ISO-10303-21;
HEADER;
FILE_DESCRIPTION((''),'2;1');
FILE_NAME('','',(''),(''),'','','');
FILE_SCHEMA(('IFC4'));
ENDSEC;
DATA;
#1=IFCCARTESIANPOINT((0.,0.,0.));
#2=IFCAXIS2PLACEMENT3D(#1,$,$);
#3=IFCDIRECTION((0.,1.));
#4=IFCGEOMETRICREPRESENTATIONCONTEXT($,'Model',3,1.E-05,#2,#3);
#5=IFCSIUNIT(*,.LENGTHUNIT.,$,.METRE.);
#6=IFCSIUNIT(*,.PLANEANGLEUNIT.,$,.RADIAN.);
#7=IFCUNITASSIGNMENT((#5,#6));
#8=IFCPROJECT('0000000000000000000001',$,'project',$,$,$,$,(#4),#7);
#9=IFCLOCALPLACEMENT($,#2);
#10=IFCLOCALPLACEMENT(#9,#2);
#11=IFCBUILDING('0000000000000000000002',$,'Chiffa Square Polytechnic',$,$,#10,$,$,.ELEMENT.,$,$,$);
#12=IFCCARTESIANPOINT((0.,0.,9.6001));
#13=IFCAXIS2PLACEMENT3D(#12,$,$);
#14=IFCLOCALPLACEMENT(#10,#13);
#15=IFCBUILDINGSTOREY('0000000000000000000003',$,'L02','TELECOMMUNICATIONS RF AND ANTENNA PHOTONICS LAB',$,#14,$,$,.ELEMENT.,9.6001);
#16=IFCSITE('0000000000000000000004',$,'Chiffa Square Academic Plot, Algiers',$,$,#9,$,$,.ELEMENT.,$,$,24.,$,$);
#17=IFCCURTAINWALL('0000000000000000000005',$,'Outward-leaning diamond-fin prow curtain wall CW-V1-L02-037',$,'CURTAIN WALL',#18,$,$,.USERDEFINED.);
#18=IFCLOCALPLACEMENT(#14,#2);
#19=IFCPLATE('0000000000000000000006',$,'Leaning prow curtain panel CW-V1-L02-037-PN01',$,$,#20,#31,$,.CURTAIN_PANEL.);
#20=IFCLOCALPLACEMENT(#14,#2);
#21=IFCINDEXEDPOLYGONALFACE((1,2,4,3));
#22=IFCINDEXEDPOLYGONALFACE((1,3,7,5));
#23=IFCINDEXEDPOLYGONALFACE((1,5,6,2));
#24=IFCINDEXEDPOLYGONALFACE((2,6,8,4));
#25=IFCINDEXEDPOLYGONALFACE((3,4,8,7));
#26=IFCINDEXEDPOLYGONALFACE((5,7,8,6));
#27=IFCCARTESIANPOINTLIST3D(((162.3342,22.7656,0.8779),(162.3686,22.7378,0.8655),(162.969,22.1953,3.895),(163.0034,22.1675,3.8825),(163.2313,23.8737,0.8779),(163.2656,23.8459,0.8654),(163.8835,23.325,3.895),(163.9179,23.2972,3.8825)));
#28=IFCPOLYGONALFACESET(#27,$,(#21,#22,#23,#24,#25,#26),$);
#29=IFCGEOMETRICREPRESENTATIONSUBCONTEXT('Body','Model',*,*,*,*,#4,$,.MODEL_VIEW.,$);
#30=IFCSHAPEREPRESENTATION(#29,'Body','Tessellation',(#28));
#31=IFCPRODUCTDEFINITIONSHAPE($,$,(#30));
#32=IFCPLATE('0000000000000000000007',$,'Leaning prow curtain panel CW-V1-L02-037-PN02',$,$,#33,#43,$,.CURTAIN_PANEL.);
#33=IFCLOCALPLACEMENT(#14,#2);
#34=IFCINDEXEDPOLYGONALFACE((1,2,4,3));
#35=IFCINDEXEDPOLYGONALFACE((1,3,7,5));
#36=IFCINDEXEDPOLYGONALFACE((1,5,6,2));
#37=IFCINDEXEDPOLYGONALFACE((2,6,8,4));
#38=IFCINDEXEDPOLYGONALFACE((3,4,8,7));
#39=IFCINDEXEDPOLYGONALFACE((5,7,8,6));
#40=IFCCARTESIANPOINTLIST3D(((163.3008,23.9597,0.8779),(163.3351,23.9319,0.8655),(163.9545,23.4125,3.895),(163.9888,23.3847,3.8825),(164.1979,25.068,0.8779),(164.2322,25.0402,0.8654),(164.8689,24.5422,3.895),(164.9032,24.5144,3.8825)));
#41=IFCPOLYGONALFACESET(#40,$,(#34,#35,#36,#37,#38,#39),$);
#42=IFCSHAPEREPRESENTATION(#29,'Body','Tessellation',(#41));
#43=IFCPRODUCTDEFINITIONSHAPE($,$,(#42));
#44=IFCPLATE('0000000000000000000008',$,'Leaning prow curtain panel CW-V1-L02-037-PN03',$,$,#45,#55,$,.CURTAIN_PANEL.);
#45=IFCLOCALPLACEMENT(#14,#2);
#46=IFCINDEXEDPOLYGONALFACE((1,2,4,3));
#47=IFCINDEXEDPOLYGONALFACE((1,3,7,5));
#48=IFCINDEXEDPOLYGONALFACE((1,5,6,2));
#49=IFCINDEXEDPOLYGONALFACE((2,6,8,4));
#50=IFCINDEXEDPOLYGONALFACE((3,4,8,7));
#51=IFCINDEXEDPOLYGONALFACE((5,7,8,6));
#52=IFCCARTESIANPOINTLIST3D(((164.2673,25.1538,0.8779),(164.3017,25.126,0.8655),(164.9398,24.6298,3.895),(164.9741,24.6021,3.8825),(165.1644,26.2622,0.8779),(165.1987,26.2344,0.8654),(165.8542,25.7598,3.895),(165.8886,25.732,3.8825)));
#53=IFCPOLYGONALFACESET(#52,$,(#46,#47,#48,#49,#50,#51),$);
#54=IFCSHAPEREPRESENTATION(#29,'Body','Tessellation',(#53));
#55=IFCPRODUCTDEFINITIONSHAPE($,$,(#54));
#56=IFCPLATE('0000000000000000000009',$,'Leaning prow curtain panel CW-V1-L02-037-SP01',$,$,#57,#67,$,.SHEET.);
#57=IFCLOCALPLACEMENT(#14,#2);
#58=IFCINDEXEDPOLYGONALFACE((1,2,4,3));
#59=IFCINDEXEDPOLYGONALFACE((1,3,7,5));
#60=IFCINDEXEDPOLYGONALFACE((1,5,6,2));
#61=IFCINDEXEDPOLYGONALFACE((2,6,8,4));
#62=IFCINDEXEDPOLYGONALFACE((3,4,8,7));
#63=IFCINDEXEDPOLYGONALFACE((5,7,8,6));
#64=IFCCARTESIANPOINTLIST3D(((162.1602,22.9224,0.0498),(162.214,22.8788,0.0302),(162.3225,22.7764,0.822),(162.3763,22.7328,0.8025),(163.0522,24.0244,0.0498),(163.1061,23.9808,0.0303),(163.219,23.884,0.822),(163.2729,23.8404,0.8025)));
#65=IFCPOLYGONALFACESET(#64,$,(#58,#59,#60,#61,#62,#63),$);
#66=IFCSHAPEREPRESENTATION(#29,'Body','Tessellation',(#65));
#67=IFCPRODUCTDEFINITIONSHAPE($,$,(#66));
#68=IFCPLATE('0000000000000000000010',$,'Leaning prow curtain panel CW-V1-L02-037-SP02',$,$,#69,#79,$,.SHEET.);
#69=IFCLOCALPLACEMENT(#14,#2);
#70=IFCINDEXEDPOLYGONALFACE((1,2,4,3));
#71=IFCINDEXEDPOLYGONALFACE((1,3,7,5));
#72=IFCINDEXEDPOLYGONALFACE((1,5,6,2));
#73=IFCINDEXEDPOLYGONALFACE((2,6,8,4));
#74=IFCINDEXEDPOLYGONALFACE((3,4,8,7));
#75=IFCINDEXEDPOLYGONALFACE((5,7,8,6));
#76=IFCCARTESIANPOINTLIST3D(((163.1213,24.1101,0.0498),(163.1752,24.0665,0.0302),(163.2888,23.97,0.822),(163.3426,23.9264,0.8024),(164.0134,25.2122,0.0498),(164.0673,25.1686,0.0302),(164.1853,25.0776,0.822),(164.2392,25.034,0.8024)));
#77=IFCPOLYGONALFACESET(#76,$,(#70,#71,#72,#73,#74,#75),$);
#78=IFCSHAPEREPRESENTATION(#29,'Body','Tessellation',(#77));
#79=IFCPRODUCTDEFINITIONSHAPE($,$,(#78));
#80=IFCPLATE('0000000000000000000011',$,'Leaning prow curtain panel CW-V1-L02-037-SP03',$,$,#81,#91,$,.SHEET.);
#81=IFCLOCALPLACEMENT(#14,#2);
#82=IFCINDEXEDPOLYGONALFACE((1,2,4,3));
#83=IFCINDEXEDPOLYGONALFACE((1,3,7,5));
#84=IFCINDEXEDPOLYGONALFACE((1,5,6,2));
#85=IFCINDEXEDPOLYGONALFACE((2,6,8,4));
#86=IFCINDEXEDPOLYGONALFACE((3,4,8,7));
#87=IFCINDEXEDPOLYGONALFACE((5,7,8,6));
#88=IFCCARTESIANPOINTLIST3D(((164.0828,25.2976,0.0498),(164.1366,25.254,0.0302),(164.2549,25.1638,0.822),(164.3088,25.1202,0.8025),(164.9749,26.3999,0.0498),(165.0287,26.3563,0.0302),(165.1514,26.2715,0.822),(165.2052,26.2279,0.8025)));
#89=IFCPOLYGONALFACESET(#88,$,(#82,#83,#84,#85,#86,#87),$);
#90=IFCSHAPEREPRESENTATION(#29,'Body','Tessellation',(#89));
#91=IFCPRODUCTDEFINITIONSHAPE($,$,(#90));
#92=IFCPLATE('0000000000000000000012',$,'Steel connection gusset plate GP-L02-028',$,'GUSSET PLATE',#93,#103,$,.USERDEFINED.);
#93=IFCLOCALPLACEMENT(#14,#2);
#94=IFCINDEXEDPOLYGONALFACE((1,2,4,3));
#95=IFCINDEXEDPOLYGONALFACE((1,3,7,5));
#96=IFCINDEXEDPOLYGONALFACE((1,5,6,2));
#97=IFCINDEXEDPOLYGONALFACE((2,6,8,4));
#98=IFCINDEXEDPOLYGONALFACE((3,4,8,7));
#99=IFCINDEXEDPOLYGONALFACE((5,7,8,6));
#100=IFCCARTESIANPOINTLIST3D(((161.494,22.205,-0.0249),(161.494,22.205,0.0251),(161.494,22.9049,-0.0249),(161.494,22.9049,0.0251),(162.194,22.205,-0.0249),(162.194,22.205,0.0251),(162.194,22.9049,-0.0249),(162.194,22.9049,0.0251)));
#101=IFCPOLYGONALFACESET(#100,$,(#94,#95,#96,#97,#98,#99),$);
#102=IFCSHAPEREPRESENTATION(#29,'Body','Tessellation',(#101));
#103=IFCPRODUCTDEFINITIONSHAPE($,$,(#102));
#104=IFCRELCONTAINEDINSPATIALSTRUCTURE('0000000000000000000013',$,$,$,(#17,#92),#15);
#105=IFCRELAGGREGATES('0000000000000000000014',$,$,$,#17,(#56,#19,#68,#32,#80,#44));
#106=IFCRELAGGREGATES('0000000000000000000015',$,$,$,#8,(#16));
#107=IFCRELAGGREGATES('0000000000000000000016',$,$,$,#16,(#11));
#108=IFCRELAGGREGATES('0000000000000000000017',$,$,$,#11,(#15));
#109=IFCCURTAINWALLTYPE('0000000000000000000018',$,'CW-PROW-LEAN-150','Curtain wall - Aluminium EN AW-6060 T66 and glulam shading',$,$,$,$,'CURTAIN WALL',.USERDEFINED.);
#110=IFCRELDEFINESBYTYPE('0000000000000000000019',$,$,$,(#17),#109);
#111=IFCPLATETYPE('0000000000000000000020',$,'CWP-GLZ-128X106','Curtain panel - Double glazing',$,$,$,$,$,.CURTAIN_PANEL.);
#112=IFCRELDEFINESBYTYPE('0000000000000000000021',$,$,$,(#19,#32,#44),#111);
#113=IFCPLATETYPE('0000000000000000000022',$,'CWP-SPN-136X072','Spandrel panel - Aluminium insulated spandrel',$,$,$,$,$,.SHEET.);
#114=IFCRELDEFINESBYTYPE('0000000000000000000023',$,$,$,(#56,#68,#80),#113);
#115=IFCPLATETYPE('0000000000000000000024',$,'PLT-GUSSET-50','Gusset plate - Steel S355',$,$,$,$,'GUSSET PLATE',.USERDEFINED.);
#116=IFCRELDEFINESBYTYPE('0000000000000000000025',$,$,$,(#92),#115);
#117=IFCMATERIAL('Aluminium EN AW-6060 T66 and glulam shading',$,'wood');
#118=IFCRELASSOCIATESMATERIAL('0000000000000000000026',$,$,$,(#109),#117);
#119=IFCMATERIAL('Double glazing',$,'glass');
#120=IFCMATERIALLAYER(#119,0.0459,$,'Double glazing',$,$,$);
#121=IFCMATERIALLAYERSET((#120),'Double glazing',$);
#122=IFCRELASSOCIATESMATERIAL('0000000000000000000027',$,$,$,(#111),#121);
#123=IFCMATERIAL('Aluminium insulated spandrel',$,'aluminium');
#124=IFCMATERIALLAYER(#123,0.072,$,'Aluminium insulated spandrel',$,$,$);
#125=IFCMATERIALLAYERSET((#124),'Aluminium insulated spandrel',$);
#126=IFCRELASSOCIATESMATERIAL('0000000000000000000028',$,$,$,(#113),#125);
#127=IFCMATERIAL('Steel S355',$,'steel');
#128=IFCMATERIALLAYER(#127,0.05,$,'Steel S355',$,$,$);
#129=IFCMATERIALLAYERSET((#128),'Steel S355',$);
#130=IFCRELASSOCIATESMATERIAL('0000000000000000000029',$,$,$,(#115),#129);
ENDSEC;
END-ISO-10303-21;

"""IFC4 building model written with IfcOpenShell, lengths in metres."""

from ifc_helpers import new_model, si_unit, direction, frame, origin, origin_2d, place, context, subcontext, project, spatial, polyline, rectangle, outline, extrude, material, layer, layer_set, type_object, element, aggregate, save


model = new_model("IFC4")

# Units and contexts
model_context = context("Model", 3, precision=1e-05, world=origin(), true_north=direction((0.0, 1.0)))
body_context = subcontext(model_context, "Body", "Model", "MODEL_VIEW")
ifc_project = project(units=[si_unit("LENGTHUNIT", "METRE"), si_unit("PLANEANGLEUNIT", "RADIAN")], contexts=[model_context])

# Site, building, storey
site_placement = place(None, origin())
site = spatial("IfcSite", under=ifc_project, at=site_placement, Name="Chiffa Square Academic Plot, Algiers", CompositionType="ELEMENT", RefElevation=24.0)
building_placement = place(site_placement, origin())
building = spatial("IfcBuilding", under=site, at=building_placement, Name="Chiffa Square Polytechnic", CompositionType="ELEMENT")
storey_placement = place(building_placement, frame((0.0, 0.0, 9.6001)))
storey = spatial("IfcBuildingStorey", under=building, at=storey_placement, Name="L02", Description="TELECOMMUNICATIONS RF AND ANTENNA PHOTONICS LAB", CompositionType="ELEMENT", Elevation=9.6001)

# Shared definitions
ifc_material_1 = material(Name="Aluminium EN AW-6060 T66 and glulam shading", Category="wood")

# Curtain wall
curtain_wall_type_1 = type_object("IfcCurtainWallType", Name="CW-PROW-LEAN-150", Description="Curtain wall - Aluminium EN AW-6060 T66 and glulam shading", ElementType="CURTAIN WALL", PredefinedType="USERDEFINED", material=ifc_material_1)
curtain_wall_1_placement = place(storey_placement, origin())
curtain_wall_1 = element("IfcCurtainWall", 1, at=curtain_wall_1_placement, inside=storey, type_object=curtain_wall_type_1, Name="Outward-leaning diamond-fin prow curtain wall CW-V1-L02-037", ObjectType="CURTAIN WALL", PredefinedType="USERDEFINED")

# Shared definitions
ifc_material_2 = material(Name="Steel S355", Category="steel")

# Plates
ifc_material_3 = material(Name="Double glazing", Category="glass")
ifc_layer_1 = layer(ifc_material_3, 0.0459, Name="Double glazing")
ifc_layer_set_1 = layer_set([ifc_layer_1], Name="Double glazing")
plate_type_1 = type_object("IfcPlateType", Name="CWP-GLZ-128X106", Description="Curtain panel - Double glazing", PredefinedType="CURTAIN_PANEL", material=ifc_layer_set_1)
plate_1_placement = place(storey_placement, frame((162.3342, 22.7656, 0.8779), z_axis=(-0.747978, 0.605498, 0.271846), x_axis=(0.62919, 0.777251, -0.000013)))
plate_1 = element("IfcPlate", 2, at=plate_1_placement, type_object=plate_type_1, Name="Leaning prow curtain panel CW-V1-L02-037-PN01", PredefinedType="CURTAIN_PANEL", context=body_context, shape_type="SweptSolid", body=[
    extrude(outline(polyline([(0.0, 0.0), (1.4257, 0.0), (1.4095, -3.1352), (-0.0439, -3.1351), (0.0, 0.0)])), origin(), (0.0, 0.0, -1.0), 0.0459),
])
plate_2_placement = place(storey_placement, frame((163.3008, 23.9597, 0.8779), z_axis=(-0.748004, 0.605454, 0.271874), x_axis=(0.629146, 0.777287, -0.000028)))
plate_2 = element("IfcPlate", 3, at=plate_2_placement, type_object=plate_type_1, Name="Leaning prow curtain panel CW-V1-L02-037-PN02", PredefinedType="CURTAIN_PANEL", context=body_context, shape_type="SweptSolid", body=[
    extrude(outline(polyline([(0.0, 0.0), (1.4259, 0.0), (1.4393, -3.1352), (-0.0142, -3.1351), (0.0, 0.0)])), origin(), (0.0, 0.0, -1.0), 0.0459),
])
plate_3_placement = place(storey_placement, frame((164.2673, 25.1538, 0.8779), z_axis=(-0.74804, 0.605417, 0.271858), x_axis=(0.629107, 0.777318, -0.000014)))
plate_3 = element("IfcPlate", 4, at=plate_3_placement, type_object=plate_type_1, Name="Leaning prow curtain panel CW-V1-L02-037-PN03", PredefinedType="CURTAIN_PANEL", context=body_context, shape_type="SweptSolid", body=[
    extrude(outline(polyline([(0.0, 0.0), (1.4259, 0.0), (1.4693, -3.1352), (0.0157, -3.1351), (0.0, 0.0)])), origin(), (0.0, 0.0, -1.0), 0.0459),
])
ifc_material_4 = material(Name="Aluminium insulated spandrel", Category="aluminium")
ifc_layer_2 = layer(ifc_material_4, 0.072, Name="Aluminium insulated spandrel")
ifc_layer_set_2 = layer_set([ifc_layer_2], Name="Aluminium insulated spandrel")
plate_type_2 = type_object("IfcPlateType", Name="CWP-SPN-136X072", Description="Spandrel panel - Aluminium insulated spandrel", PredefinedType="SHEET", material=ifc_layer_set_2)
plate_4_placement = place(storey_placement, frame((162.1602, 22.9224, 0.0498), z_axis=(-0.748053, 0.605484, 0.271674), x_axis=(0.629149, 0.777285, 0.000011)))
plate_4 = element("IfcPlate", 5, at=plate_4_placement, type_object=plate_type_2, Name="Leaning prow curtain panel CW-V1-L02-037-SP01", PredefinedType="SHEET", context=body_context, shape_type="SweptSolid", body=[
    extrude(outline(polyline([(0.0, 0.0), (1.4179, 0.0), (1.4137, -0.8024), (-0.0113, -0.8024), (0.0, 0.0)])), origin(), (0.0, 0.0, -1.0), 0.072),
])
plate_5_placement = place(storey_placement, frame((163.1213, 24.1101, 0.0498), z_axis=(-0.747977, 0.605423, 0.272018), x_axis=(0.629149, 0.777285, 0.000011)))
plate_5 = element("IfcPlate", 6, at=plate_5_placement, type_object=plate_type_2, Name="Leaning prow curtain panel CW-V1-L02-037-SP02", PredefinedType="SHEET", context=body_context, shape_type="SweptSolid", body=[
    extrude(outline(polyline([(0.0, 0.0), (1.4179, 0.0), (1.4214, -0.8025), (-0.0035, -0.8025), (0.0, 0.0)])), origin(), (0.0, 0.0, -1.0), 0.072),
])
plate_6_placement = place(storey_placement, frame((164.0828, 25.2976, 0.0498), z_axis=(-0.748088, 0.605446, 0.27166), x_axis=(0.629104, 0.777321, -0.000003)))
plate_6 = element("IfcPlate", 7, at=plate_6_placement, type_object=plate_type_2, Name="Leaning prow curtain panel CW-V1-L02-037-SP03", PredefinedType="SHEET", context=body_context, shape_type="SweptSolid", body=[
    extrude(outline(polyline([(0.0, 0.0), (1.4181, 0.0), (1.4293, -0.8024), (0.0043, -0.8024), (0.0, 0.0)])), origin(), (0.0, 0.0, -1.0), 0.072),
])
aggregate(curtain_wall_1, [plate_4, plate_1, plate_5, plate_2, plate_6, plate_3])
ifc_layer_3 = layer(ifc_material_2, 0.05, Name="Steel S355")
ifc_layer_set_3 = layer_set([ifc_layer_3], Name="Steel S355")
plate_type_3 = type_object("IfcPlateType", Name="PLT-GUSSET-50", Description="Gusset plate - Steel S355", ElementType="GUSSET PLATE", PredefinedType="USERDEFINED", material=ifc_layer_set_3)
plate_7_placement = place(storey_placement, frame((161.844, 22.5549, -0.0249), z_axis=(0.0, 0.0, 1.0), x_axis=(1.0, 0.0, 0.0)))
element("IfcPlate", 8, at=plate_7_placement, inside=storey, type_object=plate_type_3, Name="Steel connection gusset plate GP-L02-028", ObjectType="GUSSET PLATE", PredefinedType="USERDEFINED", context=body_context, shape_type="SweptSolid", body=[
    extrude(rectangle(XDim=0.7, YDim=0.7, at=origin_2d()), origin(), (0.0, 0.0, 1.0), 0.05),
])

save(model, "model.ifc")
